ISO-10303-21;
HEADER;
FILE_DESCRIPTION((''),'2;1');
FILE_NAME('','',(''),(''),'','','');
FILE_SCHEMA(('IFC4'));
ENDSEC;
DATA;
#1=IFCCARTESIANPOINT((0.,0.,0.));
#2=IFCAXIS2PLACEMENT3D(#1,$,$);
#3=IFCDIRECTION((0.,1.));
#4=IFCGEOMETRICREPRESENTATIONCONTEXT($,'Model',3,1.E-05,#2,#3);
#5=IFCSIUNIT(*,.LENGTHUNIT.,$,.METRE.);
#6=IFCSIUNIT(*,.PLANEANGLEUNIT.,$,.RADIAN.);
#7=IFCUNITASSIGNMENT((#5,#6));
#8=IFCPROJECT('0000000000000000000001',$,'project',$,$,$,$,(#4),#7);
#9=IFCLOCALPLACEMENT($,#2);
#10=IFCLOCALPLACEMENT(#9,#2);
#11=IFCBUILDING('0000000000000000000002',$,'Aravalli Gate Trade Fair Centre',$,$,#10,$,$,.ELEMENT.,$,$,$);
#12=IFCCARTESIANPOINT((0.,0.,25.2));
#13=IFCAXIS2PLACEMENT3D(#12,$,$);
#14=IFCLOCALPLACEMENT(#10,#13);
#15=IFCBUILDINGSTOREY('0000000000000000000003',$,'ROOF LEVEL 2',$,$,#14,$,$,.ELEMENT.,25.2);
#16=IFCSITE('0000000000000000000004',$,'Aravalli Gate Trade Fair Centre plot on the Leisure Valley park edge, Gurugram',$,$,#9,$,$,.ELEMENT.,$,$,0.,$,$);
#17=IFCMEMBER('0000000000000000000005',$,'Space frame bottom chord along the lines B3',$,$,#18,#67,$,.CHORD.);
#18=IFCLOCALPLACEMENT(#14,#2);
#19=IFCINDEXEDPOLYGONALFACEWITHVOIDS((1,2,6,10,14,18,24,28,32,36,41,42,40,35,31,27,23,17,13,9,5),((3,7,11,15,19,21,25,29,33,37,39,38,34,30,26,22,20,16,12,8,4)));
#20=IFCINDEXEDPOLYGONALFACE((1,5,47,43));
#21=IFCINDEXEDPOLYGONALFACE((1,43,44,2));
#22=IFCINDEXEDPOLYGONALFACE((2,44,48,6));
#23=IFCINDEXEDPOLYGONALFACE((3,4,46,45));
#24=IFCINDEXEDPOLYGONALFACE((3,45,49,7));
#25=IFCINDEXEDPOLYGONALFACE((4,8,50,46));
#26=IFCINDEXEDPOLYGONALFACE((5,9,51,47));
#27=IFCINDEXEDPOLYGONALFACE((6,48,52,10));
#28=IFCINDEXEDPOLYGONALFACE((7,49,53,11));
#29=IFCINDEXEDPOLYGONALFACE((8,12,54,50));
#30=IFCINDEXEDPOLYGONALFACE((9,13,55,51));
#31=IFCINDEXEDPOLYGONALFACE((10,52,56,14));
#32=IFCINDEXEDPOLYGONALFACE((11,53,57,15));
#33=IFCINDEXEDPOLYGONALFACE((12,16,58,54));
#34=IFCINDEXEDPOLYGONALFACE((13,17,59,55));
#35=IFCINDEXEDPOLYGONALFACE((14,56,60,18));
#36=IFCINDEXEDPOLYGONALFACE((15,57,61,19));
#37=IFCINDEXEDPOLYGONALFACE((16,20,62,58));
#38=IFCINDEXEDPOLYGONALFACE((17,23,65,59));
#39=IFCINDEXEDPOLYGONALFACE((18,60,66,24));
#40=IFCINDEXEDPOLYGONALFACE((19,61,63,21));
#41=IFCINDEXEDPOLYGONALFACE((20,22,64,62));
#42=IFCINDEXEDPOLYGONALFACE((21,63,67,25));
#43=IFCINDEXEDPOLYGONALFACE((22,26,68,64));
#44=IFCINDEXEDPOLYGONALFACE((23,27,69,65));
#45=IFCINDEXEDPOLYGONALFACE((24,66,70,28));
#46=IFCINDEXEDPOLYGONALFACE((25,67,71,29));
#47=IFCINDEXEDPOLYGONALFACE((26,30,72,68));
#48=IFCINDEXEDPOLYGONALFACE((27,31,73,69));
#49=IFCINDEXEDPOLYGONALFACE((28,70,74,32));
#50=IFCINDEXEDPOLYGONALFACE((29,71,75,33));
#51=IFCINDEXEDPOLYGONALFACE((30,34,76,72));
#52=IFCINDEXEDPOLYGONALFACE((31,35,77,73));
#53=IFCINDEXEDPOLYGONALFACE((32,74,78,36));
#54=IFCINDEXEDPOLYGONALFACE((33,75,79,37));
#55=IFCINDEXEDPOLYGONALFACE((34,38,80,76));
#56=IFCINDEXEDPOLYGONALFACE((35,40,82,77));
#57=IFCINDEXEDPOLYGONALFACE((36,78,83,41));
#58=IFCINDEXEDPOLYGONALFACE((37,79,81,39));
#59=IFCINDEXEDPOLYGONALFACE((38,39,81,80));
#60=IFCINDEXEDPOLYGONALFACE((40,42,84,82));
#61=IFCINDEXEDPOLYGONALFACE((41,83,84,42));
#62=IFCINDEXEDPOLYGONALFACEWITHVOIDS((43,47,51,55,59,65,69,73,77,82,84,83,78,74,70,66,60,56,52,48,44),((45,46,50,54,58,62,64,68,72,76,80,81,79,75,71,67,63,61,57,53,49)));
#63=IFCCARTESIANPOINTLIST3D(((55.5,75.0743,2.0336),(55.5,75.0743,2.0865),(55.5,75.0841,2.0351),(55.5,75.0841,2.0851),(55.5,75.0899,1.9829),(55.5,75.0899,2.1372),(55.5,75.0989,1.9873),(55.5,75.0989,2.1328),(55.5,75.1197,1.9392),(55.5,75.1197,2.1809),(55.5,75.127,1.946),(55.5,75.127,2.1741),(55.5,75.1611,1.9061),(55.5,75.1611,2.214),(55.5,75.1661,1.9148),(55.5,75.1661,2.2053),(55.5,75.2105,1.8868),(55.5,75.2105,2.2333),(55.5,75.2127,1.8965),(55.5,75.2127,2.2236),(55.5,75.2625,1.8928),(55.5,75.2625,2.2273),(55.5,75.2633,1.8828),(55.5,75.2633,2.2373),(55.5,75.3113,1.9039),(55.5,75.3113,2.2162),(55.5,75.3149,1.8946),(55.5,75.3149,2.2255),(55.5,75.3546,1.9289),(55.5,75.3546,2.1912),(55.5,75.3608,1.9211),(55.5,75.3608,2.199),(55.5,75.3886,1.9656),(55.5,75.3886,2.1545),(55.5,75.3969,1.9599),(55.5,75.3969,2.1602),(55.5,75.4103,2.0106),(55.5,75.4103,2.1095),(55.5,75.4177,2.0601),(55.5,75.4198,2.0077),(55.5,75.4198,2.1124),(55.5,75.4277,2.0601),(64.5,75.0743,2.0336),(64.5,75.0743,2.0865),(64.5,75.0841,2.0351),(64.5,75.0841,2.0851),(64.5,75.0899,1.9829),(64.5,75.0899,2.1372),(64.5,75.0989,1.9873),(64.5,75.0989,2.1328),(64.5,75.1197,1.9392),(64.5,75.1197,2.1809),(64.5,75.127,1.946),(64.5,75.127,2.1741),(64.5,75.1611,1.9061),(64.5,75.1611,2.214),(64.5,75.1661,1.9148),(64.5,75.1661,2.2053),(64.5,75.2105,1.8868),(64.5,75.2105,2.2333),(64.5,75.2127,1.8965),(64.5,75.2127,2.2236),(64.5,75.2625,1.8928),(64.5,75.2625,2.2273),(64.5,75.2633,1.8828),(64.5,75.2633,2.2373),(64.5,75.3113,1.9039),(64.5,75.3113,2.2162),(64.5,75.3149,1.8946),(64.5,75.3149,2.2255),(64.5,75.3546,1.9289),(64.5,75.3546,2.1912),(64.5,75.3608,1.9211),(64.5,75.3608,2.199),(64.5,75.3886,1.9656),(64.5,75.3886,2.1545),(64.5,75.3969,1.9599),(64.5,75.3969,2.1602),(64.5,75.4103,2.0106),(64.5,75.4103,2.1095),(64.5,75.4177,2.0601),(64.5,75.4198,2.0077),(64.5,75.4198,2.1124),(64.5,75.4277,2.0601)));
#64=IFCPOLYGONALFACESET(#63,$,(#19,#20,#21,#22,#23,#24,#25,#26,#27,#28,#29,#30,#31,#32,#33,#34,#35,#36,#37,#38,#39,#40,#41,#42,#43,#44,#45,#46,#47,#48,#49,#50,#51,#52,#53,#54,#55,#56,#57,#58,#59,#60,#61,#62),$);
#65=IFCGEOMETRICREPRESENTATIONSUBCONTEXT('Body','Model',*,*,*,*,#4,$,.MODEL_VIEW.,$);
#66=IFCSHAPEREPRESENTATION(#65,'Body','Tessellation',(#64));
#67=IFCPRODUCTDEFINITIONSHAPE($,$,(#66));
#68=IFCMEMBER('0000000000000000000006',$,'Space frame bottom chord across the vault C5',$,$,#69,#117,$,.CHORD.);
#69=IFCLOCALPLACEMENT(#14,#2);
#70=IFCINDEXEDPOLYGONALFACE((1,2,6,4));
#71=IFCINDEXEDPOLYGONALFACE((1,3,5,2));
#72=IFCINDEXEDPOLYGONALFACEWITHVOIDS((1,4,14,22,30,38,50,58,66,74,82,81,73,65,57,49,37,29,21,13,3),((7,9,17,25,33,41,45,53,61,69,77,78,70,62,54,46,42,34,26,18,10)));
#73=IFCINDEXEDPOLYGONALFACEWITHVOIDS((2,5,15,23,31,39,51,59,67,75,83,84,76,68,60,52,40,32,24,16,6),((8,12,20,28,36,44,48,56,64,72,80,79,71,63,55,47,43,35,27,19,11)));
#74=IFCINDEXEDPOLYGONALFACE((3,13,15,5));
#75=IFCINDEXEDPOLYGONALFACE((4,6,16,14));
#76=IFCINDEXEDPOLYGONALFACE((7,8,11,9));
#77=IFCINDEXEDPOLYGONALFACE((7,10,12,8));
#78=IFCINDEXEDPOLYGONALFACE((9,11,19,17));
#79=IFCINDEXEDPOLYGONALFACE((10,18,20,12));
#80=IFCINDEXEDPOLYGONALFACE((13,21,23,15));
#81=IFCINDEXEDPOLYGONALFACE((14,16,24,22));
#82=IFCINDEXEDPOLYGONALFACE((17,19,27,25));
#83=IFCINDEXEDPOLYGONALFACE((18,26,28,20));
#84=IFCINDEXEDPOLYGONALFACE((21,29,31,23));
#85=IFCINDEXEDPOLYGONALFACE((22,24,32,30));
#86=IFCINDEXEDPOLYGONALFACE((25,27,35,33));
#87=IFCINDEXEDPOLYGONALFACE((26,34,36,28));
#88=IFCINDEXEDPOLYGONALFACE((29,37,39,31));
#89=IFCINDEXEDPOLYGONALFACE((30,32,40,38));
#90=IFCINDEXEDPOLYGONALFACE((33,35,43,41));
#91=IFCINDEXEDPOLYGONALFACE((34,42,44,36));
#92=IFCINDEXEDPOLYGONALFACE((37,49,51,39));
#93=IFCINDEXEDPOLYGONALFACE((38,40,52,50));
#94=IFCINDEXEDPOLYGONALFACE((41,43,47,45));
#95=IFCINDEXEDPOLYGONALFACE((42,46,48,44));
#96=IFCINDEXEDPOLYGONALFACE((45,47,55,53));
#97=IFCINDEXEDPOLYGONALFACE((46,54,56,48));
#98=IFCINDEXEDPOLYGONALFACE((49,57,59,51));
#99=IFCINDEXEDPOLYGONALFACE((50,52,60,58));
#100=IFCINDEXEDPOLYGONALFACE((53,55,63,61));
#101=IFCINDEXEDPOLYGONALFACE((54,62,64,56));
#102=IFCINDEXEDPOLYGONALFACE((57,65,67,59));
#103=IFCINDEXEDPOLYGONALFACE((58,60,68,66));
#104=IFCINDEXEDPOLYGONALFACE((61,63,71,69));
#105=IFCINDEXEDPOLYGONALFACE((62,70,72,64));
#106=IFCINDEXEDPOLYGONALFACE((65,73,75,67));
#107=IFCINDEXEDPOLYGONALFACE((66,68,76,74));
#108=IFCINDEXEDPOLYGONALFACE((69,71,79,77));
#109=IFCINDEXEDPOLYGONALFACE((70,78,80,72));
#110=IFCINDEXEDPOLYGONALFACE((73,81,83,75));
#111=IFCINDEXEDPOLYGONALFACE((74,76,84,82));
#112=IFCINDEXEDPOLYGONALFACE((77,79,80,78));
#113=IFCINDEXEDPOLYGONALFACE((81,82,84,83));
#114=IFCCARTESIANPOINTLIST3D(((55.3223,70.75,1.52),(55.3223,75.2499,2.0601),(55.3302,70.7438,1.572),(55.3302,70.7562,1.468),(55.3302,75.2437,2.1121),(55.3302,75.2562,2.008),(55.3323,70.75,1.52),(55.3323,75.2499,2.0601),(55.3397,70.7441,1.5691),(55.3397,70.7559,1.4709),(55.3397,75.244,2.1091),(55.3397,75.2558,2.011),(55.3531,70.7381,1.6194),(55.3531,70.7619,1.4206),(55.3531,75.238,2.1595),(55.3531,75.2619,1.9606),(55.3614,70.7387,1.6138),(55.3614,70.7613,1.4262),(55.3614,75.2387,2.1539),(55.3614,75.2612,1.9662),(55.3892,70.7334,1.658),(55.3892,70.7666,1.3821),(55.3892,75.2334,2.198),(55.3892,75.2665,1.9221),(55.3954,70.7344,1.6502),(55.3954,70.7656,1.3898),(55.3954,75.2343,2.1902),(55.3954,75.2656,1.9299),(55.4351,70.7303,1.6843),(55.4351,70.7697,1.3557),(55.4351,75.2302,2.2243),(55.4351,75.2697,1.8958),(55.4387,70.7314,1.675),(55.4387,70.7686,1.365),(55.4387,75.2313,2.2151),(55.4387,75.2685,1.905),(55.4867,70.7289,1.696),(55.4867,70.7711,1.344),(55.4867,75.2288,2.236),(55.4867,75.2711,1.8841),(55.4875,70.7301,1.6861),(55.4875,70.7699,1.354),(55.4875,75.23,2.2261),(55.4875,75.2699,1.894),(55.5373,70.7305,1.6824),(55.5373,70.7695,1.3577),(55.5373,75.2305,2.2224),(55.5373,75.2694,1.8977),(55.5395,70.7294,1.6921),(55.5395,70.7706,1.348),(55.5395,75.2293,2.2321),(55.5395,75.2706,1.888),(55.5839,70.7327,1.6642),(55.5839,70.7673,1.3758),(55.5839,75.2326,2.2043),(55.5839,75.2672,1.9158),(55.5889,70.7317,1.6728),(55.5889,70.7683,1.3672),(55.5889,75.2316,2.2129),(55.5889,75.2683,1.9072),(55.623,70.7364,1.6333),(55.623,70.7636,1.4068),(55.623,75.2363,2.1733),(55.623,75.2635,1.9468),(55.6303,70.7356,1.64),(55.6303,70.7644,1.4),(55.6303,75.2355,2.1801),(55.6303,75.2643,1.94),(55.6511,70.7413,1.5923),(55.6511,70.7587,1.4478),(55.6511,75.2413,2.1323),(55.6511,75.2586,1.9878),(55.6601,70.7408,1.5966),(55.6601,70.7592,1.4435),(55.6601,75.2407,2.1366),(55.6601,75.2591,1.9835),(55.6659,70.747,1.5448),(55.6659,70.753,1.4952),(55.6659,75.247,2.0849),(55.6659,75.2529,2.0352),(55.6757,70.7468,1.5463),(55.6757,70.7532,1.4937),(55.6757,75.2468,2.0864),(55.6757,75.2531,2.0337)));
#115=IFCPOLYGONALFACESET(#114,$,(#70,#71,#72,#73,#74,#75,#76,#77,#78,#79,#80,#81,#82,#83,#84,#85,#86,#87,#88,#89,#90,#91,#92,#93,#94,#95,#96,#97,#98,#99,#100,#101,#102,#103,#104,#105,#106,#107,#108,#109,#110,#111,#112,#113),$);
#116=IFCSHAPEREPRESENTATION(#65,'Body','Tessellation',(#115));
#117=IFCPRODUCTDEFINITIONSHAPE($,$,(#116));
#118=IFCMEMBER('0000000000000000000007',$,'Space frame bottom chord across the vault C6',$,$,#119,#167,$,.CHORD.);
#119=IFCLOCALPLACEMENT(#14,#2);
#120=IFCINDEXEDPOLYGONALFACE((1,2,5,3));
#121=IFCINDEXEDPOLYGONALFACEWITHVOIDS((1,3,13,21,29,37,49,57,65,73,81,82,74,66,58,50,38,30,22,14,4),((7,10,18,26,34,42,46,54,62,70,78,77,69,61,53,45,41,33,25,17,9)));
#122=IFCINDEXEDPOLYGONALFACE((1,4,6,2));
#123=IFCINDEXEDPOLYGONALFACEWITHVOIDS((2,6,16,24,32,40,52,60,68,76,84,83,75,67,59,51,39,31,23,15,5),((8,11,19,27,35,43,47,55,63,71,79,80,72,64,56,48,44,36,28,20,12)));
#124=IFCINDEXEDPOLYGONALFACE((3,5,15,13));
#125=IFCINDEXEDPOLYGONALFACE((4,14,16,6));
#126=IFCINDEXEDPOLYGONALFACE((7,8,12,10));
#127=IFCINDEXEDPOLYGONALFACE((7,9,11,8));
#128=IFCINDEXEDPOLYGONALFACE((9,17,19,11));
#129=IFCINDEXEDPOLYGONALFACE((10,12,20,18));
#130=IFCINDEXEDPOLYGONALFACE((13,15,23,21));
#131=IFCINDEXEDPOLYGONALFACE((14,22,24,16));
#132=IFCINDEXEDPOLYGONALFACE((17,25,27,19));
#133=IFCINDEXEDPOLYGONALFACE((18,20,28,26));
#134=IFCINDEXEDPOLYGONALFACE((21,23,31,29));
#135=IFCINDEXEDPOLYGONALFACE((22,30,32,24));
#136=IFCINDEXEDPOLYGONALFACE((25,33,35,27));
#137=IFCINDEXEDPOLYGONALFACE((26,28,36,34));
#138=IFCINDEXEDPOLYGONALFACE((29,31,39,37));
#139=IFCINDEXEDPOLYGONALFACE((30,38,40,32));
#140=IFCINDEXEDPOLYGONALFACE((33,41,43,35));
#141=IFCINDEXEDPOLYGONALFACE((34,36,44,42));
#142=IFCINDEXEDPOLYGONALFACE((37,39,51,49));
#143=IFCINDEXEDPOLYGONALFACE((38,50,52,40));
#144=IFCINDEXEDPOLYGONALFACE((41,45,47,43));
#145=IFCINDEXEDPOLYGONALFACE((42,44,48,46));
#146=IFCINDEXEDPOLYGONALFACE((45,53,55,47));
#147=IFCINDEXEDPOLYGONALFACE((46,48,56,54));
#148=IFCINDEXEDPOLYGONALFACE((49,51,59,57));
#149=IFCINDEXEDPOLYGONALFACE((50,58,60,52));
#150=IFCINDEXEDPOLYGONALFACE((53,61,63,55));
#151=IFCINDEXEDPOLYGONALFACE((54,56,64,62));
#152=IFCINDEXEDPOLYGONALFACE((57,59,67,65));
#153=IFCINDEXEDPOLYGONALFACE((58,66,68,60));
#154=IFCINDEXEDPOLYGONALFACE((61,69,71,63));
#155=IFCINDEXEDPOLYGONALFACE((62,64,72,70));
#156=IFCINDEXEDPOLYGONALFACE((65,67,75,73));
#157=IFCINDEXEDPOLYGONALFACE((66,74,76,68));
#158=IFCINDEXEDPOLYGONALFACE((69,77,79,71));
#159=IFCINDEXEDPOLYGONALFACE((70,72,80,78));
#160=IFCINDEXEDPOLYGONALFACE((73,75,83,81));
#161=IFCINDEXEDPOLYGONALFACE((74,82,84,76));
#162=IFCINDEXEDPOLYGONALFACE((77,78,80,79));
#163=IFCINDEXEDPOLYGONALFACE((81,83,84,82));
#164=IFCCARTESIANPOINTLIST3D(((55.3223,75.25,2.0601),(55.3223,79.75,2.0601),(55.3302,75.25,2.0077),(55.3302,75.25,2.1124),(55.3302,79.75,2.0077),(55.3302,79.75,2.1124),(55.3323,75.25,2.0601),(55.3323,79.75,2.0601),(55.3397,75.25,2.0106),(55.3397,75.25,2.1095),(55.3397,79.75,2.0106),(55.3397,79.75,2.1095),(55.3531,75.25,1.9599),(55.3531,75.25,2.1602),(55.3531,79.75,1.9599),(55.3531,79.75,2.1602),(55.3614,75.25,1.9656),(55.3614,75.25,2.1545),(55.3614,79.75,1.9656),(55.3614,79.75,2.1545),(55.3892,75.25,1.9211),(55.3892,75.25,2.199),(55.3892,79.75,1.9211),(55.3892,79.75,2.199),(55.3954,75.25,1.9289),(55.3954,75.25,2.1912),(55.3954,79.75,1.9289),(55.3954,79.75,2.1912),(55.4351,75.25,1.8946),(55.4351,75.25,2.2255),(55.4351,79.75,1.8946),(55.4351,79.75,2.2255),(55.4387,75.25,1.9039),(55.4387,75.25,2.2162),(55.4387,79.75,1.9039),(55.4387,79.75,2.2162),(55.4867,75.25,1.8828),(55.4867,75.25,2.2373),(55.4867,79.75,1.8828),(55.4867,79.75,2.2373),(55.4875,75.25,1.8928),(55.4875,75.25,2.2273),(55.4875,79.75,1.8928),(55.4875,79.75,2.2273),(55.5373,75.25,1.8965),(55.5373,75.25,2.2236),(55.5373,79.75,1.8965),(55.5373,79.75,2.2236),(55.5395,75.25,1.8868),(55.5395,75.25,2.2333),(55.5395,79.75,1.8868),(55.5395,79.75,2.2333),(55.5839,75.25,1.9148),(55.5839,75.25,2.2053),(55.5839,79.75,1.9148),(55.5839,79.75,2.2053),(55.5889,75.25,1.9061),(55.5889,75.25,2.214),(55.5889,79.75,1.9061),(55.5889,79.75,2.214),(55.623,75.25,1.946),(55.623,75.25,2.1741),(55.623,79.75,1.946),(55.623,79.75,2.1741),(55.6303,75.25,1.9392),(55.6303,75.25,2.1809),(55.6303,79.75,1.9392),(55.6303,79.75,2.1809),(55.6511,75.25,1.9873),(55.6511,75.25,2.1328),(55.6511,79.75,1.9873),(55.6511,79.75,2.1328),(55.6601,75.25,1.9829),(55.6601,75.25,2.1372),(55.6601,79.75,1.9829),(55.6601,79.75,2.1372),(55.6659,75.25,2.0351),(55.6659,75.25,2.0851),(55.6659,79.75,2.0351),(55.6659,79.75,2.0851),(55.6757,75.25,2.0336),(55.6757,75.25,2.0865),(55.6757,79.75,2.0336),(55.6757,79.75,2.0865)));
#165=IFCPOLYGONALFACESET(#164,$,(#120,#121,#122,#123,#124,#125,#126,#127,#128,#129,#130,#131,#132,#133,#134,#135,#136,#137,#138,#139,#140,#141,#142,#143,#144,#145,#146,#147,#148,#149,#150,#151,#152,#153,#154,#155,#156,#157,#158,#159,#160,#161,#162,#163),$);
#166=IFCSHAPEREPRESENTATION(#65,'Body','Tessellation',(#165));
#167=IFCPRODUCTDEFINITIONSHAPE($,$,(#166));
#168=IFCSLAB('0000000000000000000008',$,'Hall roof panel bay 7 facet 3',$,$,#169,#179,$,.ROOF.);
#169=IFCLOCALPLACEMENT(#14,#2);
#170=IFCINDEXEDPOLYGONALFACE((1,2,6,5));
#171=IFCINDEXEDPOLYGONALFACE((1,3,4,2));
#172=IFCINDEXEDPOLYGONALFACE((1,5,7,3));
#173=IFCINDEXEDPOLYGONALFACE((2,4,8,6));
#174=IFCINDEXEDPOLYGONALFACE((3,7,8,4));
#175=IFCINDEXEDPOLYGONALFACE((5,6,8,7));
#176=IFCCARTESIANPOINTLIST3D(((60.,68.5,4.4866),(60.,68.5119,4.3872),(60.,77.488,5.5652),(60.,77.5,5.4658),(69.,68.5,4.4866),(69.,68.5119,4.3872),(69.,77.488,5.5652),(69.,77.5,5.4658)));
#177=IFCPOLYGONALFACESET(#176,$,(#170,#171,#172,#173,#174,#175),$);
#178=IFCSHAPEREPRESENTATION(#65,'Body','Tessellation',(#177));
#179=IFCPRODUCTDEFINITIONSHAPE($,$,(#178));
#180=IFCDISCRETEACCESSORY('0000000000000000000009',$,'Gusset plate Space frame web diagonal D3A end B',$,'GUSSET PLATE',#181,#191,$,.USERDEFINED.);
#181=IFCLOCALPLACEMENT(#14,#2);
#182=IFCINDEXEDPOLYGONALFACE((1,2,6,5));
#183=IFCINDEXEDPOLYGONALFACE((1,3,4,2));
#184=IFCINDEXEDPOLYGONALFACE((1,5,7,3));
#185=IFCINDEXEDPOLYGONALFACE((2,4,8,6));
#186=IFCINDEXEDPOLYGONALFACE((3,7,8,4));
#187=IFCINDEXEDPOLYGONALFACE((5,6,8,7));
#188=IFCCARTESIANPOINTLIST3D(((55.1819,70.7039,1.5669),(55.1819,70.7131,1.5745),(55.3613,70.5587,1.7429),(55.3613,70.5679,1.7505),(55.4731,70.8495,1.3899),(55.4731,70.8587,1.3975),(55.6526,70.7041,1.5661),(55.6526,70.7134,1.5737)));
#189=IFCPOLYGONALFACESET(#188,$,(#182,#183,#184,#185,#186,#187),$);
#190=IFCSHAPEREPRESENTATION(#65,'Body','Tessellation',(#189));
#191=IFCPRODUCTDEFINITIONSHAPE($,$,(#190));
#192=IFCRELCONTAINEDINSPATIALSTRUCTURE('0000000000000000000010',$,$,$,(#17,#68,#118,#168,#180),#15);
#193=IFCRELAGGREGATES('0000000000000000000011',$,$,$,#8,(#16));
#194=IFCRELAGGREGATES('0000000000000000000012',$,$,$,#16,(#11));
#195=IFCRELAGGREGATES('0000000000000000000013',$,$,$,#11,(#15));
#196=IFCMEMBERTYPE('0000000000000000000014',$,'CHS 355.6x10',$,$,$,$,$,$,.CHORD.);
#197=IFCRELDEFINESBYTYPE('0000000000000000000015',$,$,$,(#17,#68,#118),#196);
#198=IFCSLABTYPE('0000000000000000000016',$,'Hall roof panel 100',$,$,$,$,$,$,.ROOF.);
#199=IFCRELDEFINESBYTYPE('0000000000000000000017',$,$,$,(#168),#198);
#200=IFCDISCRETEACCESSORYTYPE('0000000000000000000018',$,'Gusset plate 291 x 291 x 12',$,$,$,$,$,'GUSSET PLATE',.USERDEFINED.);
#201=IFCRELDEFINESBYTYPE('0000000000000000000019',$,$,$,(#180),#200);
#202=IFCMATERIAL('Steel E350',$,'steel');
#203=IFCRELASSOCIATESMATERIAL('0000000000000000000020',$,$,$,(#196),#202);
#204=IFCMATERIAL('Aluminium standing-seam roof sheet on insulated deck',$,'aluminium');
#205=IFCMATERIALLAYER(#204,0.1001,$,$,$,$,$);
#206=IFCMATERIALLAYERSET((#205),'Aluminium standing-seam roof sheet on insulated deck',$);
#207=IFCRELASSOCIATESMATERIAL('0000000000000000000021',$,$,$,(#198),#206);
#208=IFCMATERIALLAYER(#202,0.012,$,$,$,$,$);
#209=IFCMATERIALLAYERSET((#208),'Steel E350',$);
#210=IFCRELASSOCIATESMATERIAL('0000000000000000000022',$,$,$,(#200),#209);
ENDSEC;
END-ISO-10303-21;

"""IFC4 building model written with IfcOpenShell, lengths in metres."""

from ifc_helpers import new_model, si_unit, direction, frame, origin, origin_2d, place, context, subcontext, project, spatial, polyline, hollow_circle, outline, extrude, material, layer, layer_set, material_profile, profile_set, type_object, element, save


model = new_model("IFC4")

# Units and contexts
model_context = context("Model", 3, precision=1e-05, world=origin(), true_north=direction((0.0, 1.0)))
body_context = subcontext(model_context, "Body", "Model", "MODEL_VIEW")
ifc_project = project(units=[si_unit("LENGTHUNIT", "METRE"), si_unit("PLANEANGLEUNIT", "RADIAN")], contexts=[model_context])

# Site, building, storey
site_placement = place(None, origin())
site = spatial("IfcSite", under=ifc_project, at=site_placement, Name="Aravalli Gate Trade Fair Centre plot on the Leisure Valley park edge, Gurugram", CompositionType="ELEMENT", RefElevation=0.0)
building_placement = place(site_placement, origin())
building = spatial("IfcBuilding", under=site, at=building_placement, Name="Aravalli Gate Trade Fair Centre", CompositionType="ELEMENT")
storey_placement = place(building_placement, frame((0.0, 0.0, 25.2)))
storey = spatial("IfcBuildingStorey", under=building, at=storey_placement, Name="ROOF LEVEL 2", CompositionType="ELEMENT", Elevation=25.2)

# Members
ifc_material_1 = material(Name="Steel E350", Category="steel")
ifc_material_profile_1 = material_profile(ifc_material_1, hollow_circle(Radius=0.1777, WallThickness=0.01, at=origin_2d()), Name="CHS 355.6x10")
ifc_profile_set_1 = profile_set([ifc_material_profile_1], Name="Steel E350")
member_type_1 = type_object("IfcMemberType", Name="CHS 355.6x10", PredefinedType="CHORD", material=ifc_profile_set_1)
for number, where, z_axis, x_axis, name in (
    (1, (55.5, 75.25, 2.0601), (1.0, 0.0, 0.0), (0.0, 1.0, 0.0), "Space frame bottom chord along the lines B3"),
):
    element("IfcMember", number, at=place(storey_placement, frame(where, z_axis=z_axis, x_axis=x_axis)), inside=storey, type_object=member_type_1, Name=name, PredefinedType="CHORD", context=body_context, shape_type="SweptSolid", body=[
        extrude(hollow_circle(Radius=0.1777, WallThickness=0.01, at=origin_2d()), origin(), (0.0, 0.0, 1.0), 9.0),
    ])
member_1_placement = place(storey_placement, frame((55.5, 70.75, 1.52), z_axis=(0.0, 0.992876, 0.119154), x_axis=(-1.0, 0.0, 0.0)))
element("IfcMember", 2, at=member_1_placement, inside=storey, type_object=member_type_1, Name="Space frame bottom chord across the vault C5", PredefinedType="CHORD", context=body_context, shape_type="SweptSolid", body=[
    extrude(hollow_circle(Radius=0.1777, WallThickness=0.01, at=origin_2d()), origin(), (0.0, 0.0, 1.0), 4.5322),
])
member_2_placement = place(storey_placement, frame((55.5, 75.25, 2.0601), z_axis=(0.0, 1.0, 0.0), x_axis=(-1.0, 0.0, 0.0)))
element("IfcMember", 3, at=member_2_placement, inside=storey, type_object=member_type_1, Name="Space frame bottom chord across the vault C6", PredefinedType="CHORD", context=body_context, shape_type="SweptSolid", body=[
    extrude(hollow_circle(Radius=0.1777, WallThickness=0.01, at=origin_2d()), origin(), (0.0, 0.0, 1.0), 4.5),
])

# Slab
ifc_material_2 = material(Name="Aluminium standing-seam roof sheet on insulated deck", Category="aluminium")
ifc_layer_1 = layer(ifc_material_2, 0.1001)
ifc_layer_set_1 = layer_set([ifc_layer_1], Name="Aluminium standing-seam roof sheet on insulated deck")
slab_type = type_object("IfcSlabType", Name="Hall roof panel 100", PredefinedType="ROOF", material=ifc_layer_set_1)
slab_placement = place(storey_placement, frame((60.0, 68.5, 4.4866), z_axis=(0.0, -0.119151, 0.992876), x_axis=(1.0, 0.0, 0.0)))
element("IfcSlab", 4, at=slab_placement, inside=storey, type_object=slab_type, Name="Hall roof panel bay 7 facet 3", PredefinedType="ROOF", context=body_context, shape_type="SweptSolid", body=[
    extrude(outline(polyline([(0.0, 0.0), (9.0, 0.0), (9.0, 9.0525), (0.0, 9.0525), (0.0, 0.0)])), origin(), (0.0, 0.0, -1.0), 0.1001),
])

# Discrete accessory
ifc_layer_2 = layer(ifc_material_1, 0.012)
ifc_layer_set_2 = layer_set([ifc_layer_2], Name="Steel E350")
discrete_accessory_type = type_object("IfcDiscreteAccessoryType", Name="Gusset plate 291 x 291 x 12", ElementType="GUSSET PLATE", PredefinedType="USERDEFINED", material=ifc_layer_set_2)
discrete_accessory_1_placement = place(storey_placement, frame((55.1819, 70.7131, 1.5745), z_axis=(0.000589, 0.771792, 0.635874), x_axis=(0.785943, 0.392803, -0.477493)))
element("IfcDiscreteAccessory", 5, at=discrete_accessory_1_placement, inside=storey, type_object=discrete_accessory_type, Name="Gusset plate Space frame web diagonal D3A end B", ObjectType="GUSSET PLATE", PredefinedType="USERDEFINED", context=body_context, shape_type="SweptSolid", body=[
    extrude(outline(polyline([(0.0, 0.0), (0.3706, 0.0), (0.3704, -0.2905), (-0.0001, -0.2903), (0.0, 0.0)])), origin(), (0.0, 0.0, -1.0), 0.012),
])

save(model, "model.ifc")
